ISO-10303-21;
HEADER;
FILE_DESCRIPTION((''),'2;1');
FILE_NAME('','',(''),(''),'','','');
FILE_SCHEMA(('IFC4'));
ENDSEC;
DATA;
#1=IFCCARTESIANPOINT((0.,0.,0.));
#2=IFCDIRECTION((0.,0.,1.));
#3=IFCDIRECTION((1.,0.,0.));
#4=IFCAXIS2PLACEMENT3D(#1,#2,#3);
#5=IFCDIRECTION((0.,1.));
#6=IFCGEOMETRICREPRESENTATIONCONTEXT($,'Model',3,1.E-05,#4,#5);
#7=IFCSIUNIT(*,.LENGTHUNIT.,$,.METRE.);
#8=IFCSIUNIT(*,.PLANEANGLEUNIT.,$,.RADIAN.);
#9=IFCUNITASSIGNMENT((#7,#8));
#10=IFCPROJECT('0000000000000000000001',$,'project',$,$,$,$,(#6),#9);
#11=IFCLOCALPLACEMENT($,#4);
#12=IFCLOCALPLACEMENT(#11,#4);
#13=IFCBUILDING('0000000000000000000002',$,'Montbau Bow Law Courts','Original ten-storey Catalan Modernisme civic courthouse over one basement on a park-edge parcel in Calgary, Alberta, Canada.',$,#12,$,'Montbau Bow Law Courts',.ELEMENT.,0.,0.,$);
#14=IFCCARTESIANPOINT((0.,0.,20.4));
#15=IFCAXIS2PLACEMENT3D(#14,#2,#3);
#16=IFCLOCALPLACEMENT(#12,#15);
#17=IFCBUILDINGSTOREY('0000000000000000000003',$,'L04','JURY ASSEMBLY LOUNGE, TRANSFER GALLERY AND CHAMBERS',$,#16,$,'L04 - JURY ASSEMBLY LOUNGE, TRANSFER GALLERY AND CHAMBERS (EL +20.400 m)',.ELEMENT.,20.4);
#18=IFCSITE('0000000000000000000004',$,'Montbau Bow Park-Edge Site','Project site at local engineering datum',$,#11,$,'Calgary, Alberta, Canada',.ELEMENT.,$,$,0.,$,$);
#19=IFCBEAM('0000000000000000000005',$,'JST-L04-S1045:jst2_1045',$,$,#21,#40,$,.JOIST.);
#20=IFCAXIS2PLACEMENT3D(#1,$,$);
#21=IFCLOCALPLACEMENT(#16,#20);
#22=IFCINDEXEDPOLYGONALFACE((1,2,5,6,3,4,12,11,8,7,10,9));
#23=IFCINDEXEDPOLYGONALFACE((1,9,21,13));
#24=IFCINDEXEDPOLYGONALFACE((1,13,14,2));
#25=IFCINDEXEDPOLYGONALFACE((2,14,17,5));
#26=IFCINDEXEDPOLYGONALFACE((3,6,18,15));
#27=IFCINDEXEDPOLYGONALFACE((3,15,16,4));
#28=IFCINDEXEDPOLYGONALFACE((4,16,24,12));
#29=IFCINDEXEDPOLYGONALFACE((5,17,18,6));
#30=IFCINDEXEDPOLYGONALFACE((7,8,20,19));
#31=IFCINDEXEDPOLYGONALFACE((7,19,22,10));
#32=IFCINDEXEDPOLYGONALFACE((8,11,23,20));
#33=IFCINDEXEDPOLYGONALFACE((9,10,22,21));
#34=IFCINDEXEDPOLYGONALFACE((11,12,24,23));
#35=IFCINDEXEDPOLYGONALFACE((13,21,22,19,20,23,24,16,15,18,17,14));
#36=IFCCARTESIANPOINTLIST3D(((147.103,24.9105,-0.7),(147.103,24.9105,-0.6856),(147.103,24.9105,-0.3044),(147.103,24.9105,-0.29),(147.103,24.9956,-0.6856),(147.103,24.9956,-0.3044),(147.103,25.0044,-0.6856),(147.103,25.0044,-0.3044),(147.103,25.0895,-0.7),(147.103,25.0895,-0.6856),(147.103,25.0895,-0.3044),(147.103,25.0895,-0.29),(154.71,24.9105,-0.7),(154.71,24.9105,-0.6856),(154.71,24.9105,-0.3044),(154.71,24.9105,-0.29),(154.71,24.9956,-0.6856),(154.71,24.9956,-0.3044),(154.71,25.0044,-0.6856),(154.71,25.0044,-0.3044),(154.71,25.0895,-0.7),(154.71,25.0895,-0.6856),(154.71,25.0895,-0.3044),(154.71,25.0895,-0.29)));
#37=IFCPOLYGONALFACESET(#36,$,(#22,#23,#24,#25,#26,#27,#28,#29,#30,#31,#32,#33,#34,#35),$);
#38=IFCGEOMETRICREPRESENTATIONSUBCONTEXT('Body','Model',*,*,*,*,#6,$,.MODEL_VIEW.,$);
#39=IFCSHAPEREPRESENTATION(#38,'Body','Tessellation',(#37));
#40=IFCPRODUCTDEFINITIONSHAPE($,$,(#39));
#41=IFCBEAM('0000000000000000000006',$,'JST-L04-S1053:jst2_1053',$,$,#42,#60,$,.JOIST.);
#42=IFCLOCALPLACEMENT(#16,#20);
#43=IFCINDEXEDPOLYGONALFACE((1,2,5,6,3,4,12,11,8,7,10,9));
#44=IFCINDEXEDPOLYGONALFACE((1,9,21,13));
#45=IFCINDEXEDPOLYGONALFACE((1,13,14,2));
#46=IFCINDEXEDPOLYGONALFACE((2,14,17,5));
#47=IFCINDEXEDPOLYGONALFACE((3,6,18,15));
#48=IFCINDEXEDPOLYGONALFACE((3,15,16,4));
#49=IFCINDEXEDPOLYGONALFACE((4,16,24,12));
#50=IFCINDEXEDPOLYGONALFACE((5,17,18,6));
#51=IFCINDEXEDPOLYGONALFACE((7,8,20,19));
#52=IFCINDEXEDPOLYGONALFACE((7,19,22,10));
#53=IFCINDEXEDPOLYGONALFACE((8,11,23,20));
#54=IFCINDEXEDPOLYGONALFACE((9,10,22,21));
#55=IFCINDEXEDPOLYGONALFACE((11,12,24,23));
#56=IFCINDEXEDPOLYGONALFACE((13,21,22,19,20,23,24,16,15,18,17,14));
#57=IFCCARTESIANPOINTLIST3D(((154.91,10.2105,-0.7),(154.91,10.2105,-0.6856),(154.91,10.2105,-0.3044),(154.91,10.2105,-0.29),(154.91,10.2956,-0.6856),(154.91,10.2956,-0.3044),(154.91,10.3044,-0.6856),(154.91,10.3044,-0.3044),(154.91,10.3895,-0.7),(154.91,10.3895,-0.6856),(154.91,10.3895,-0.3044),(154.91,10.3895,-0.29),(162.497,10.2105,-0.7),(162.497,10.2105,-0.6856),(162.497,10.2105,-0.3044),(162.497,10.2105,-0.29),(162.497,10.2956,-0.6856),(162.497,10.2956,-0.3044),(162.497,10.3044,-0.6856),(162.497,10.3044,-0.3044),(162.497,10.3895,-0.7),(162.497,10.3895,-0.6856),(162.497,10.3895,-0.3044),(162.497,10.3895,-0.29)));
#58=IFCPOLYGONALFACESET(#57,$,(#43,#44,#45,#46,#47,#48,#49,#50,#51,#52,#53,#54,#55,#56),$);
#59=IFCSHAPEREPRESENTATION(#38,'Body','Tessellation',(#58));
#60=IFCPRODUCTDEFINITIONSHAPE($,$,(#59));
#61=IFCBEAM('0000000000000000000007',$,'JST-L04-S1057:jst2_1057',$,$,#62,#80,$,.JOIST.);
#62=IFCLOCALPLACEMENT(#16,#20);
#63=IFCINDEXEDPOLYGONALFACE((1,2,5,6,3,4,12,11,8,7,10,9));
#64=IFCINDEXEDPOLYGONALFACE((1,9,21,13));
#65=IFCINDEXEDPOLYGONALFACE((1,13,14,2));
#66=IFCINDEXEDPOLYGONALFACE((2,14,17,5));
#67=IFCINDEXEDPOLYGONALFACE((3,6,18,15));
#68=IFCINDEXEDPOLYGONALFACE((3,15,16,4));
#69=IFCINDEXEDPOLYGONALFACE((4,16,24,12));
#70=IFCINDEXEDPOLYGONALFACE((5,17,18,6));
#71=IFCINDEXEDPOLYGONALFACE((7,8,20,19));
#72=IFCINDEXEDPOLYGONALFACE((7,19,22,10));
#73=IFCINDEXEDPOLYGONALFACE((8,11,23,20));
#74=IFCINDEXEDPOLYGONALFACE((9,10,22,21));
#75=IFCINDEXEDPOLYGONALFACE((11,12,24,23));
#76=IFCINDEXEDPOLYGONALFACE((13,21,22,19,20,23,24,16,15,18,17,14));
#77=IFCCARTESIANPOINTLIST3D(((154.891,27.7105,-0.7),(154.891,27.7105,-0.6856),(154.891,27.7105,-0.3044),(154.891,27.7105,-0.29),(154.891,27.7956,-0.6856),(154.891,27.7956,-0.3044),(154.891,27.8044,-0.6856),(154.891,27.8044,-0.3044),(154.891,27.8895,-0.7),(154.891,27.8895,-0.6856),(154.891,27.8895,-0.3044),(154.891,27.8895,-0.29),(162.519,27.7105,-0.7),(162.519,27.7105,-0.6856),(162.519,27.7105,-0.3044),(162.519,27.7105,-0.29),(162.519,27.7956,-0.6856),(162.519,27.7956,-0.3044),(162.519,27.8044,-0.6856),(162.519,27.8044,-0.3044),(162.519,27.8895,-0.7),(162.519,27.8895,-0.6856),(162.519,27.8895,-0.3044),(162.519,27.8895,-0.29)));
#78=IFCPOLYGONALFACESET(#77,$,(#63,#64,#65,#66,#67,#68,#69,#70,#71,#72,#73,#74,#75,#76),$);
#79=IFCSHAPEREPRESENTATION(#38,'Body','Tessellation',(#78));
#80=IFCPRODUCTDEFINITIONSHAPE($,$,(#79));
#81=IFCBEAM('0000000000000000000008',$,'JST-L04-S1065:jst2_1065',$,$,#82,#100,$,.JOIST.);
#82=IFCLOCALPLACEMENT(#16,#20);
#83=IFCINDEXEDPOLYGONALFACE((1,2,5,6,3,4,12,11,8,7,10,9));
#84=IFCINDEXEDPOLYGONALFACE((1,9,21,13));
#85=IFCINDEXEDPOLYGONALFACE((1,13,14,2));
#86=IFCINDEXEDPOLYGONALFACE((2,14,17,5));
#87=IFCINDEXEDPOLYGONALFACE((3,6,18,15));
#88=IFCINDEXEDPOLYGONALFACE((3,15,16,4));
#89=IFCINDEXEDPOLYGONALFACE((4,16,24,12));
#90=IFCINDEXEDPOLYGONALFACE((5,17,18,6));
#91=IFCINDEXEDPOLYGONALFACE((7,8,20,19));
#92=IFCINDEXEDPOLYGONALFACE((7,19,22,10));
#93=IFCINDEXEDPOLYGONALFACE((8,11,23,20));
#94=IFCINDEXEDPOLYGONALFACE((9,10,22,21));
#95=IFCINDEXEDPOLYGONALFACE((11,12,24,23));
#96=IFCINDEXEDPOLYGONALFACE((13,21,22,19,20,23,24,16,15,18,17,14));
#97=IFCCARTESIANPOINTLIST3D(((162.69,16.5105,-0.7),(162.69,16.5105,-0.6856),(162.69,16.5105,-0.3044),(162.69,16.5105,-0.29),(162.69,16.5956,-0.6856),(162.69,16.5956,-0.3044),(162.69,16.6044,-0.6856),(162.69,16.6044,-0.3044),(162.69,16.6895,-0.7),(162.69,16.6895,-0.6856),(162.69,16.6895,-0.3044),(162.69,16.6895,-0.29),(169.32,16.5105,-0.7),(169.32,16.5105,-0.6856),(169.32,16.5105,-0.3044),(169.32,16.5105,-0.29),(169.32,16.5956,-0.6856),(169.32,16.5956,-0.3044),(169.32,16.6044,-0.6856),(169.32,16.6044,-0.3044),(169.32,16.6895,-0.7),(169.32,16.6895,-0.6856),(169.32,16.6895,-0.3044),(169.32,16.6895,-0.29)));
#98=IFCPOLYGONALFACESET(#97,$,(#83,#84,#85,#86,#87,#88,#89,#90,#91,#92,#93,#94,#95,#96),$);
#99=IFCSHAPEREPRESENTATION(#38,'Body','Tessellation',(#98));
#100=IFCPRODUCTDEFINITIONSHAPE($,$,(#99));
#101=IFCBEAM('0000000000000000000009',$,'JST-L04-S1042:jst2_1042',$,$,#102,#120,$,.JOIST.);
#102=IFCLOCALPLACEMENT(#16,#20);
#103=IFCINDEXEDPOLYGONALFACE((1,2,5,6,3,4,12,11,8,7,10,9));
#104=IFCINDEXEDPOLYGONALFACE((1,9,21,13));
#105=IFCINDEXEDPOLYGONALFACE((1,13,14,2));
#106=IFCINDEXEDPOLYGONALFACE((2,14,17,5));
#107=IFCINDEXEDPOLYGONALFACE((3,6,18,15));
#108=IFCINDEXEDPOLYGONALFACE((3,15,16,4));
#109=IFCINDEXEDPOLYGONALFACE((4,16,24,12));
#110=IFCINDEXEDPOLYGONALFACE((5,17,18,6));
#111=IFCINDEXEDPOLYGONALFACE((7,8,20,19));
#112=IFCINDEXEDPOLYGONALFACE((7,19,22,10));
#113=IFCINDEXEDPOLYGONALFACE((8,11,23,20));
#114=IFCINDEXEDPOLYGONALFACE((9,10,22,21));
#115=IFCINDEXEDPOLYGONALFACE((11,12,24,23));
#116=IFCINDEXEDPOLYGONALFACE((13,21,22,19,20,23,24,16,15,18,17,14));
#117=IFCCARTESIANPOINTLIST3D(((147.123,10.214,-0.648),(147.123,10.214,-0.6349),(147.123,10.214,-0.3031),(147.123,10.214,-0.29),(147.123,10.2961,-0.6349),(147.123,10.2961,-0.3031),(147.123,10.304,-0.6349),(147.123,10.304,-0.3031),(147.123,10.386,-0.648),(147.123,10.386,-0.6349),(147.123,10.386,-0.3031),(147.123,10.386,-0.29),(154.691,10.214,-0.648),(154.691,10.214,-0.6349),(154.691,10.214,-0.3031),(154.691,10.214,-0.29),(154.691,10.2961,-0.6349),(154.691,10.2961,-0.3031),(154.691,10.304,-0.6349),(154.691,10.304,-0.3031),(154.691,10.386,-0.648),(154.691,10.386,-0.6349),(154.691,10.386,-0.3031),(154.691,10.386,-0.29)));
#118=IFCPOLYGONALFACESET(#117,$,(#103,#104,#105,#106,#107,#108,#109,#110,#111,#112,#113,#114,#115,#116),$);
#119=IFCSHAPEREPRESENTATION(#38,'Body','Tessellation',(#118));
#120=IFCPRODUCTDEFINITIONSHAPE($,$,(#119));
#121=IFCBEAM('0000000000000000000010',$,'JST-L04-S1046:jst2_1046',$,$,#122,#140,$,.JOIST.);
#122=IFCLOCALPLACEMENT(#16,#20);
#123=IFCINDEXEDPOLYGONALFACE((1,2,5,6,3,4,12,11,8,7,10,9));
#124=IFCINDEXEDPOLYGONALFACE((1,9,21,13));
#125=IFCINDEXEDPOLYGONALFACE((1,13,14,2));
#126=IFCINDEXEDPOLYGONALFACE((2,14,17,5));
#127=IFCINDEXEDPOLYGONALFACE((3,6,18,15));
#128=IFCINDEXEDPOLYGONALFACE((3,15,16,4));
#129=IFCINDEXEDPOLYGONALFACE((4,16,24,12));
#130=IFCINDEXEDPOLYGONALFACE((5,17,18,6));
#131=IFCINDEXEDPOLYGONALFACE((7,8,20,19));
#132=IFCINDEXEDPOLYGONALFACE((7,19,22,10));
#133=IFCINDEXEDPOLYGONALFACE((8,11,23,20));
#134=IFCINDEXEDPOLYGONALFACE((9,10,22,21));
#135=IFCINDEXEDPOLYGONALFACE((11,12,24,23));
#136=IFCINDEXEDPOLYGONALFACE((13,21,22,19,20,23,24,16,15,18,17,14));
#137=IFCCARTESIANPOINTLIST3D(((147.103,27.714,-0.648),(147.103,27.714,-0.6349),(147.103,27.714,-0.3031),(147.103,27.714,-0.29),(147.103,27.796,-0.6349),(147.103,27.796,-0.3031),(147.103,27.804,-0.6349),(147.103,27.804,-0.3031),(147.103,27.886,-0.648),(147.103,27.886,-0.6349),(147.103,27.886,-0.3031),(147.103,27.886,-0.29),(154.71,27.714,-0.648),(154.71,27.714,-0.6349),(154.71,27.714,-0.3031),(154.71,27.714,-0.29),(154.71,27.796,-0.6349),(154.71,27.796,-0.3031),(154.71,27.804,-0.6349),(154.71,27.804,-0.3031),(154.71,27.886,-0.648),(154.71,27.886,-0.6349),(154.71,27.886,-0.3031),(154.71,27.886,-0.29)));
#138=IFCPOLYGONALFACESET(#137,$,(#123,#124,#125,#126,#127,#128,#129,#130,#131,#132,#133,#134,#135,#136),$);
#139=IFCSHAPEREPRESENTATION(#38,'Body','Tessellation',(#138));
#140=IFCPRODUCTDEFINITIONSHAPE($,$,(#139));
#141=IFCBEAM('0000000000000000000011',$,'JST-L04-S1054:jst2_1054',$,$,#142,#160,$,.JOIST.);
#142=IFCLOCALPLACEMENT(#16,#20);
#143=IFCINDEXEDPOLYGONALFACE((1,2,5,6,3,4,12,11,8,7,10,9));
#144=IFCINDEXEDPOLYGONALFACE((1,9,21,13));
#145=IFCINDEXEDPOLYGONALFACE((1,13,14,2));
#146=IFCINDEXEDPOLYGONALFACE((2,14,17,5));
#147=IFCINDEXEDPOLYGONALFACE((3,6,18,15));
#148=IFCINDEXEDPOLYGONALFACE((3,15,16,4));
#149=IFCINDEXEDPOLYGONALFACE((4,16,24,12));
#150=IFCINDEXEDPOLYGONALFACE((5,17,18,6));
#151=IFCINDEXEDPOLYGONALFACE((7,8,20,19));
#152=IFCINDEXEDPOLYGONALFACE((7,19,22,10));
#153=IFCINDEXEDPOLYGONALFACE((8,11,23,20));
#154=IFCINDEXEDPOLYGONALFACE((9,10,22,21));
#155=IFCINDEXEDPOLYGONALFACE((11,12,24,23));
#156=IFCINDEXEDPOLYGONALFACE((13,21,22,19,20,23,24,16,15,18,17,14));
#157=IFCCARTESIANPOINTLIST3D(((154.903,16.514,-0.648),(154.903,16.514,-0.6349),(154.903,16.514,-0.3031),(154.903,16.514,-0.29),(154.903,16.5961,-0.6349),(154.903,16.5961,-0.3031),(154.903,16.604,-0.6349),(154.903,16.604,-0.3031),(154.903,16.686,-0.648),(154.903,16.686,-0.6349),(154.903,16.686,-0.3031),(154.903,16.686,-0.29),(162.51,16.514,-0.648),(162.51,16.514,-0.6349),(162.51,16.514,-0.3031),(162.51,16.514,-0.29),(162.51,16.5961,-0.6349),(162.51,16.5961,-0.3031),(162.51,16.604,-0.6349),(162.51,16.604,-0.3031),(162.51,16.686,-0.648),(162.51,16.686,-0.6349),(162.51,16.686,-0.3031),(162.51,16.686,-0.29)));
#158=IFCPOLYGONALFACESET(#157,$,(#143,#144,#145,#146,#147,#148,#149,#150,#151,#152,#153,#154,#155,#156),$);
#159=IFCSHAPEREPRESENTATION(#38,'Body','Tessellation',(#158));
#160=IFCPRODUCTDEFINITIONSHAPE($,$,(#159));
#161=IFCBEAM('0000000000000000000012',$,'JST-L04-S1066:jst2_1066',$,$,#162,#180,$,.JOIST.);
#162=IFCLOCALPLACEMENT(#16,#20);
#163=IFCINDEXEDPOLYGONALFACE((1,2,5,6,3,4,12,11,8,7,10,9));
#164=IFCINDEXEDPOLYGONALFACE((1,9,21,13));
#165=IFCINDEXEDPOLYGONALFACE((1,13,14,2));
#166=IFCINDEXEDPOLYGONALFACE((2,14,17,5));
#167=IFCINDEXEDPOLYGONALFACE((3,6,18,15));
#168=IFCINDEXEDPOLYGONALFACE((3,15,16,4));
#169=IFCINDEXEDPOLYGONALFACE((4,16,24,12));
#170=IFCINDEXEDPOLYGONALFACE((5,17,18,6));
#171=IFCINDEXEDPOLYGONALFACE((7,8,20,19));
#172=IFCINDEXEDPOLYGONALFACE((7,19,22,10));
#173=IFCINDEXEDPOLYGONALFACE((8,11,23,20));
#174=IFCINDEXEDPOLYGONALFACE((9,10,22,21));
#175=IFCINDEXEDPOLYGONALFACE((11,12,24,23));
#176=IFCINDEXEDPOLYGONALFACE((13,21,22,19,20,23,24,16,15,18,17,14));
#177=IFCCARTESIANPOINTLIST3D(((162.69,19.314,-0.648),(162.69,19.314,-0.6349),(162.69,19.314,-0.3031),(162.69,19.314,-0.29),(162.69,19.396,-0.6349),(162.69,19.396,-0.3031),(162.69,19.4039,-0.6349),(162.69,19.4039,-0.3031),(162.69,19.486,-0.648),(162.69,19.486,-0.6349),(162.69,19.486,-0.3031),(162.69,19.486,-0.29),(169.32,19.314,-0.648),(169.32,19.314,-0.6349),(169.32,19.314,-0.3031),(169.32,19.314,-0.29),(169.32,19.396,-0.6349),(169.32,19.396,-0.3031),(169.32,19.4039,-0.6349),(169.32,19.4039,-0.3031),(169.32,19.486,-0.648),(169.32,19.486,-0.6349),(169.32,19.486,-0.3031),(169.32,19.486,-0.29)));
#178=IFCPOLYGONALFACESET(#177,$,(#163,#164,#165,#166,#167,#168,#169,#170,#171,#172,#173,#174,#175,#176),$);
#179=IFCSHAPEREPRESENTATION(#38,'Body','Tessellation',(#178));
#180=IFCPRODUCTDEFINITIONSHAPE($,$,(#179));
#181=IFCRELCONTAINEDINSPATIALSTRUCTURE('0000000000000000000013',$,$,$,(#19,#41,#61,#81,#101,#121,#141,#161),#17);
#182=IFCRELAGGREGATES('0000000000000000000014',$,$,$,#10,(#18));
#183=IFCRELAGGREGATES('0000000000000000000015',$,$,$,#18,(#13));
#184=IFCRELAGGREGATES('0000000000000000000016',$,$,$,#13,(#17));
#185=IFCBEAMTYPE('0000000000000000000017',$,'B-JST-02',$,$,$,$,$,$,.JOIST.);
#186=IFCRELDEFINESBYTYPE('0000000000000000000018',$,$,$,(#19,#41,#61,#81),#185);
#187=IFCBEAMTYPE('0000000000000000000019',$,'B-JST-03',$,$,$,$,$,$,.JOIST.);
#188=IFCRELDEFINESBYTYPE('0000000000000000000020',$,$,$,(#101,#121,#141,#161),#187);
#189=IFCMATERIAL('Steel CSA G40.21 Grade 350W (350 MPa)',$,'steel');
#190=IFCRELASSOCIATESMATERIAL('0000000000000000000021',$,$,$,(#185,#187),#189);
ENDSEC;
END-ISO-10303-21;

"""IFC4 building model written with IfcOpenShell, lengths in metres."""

from ifc_helpers import new_model, si_unit, direction, frame, origin_with_axes, origin_2d_with_axis, place, context, subcontext, project, spatial, i_section, extrude, material, material_profile, profile_set, type_object, element, save


model = new_model("IFC4")

# Units and contexts
model_context = context("Model", 3, precision=1e-05, world=origin_with_axes(), true_north=direction((0.0, 1.0)))
body_context = subcontext(model_context, "Body", "Model", "MODEL_VIEW")
ifc_project = project(units=[si_unit("LENGTHUNIT", "METRE"), si_unit("PLANEANGLEUNIT", "RADIAN")], contexts=[model_context])

# Site, building, storey
site_placement = place(None, origin_with_axes())
site = spatial("IfcSite", under=ifc_project, at=site_placement, Name="Montbau Bow Park-Edge Site", Description="Project site at local engineering datum", LongName="Calgary, Alberta, Canada", CompositionType="ELEMENT", RefElevation=0.0)
building_placement = place(site_placement, origin_with_axes())
building = spatial("IfcBuilding", under=site, at=building_placement, Name="Montbau Bow Law Courts", Description="Original ten-storey Catalan Modernisme civic courthouse over one basement on a park-edge parcel in Calgary, Alberta, Canada.", LongName="Montbau Bow Law Courts", CompositionType="ELEMENT", ElevationOfRefHeight=0.0, ElevationOfTerrain=0.0)
storey_placement = place(building_placement, frame((0.0, 0.0, 20.4), z_axis=(0.0, 0.0, 1.0), x_axis=(1.0, 0.0, 0.0)))
storey = spatial("IfcBuildingStorey", under=building, at=storey_placement, Name="L04", Description="JURY ASSEMBLY LOUNGE, TRANSFER GALLERY AND CHAMBERS", LongName="L04 - JURY ASSEMBLY LOUNGE, TRANSFER GALLERY AND CHAMBERS (EL +20.400 m)", CompositionType="ELEMENT", Elevation=20.4)

# Beams
ifc_material_1 = material(Name="Steel CSA G40.21 Grade 350W (350 MPa)", Category="steel")
ifc_material_profile_1 = material_profile(ifc_material_1, i_section(OverallWidth=0.179, OverallDepth=0.41, WebThickness=0.0088, FlangeThickness=0.0144, at=origin_2d_with_axis()), Name="W410X67", Category="Main", Priority=0)
ifc_profile_set_1 = profile_set([ifc_material_profile_1], Name="Steel CSA G40.21 Grade 350W (350 MPa)")
beam_type_1 = type_object("IfcBeamType", Name="B-JST-02", PredefinedType="JOIST", material=ifc_profile_set_1)
beam_1_placement = place(None, frame((147.103, 25.0, 19.905), z_axis=(1.0, 0.0, 0.0), x_axis=(0.0, 1.0, 0.0)))
element("IfcBeam", 1, at=beam_1_placement, inside=storey, type_object=beam_type_1, Name="JST-L04-S1045:jst2_1045", PredefinedType="JOIST", context=body_context, shape_type="SweptSolid", body=[
    extrude(i_section(OverallWidth=0.179, OverallDepth=0.41, WebThickness=0.0088, FlangeThickness=0.0144, at=origin_2d_with_axis()), origin_with_axes(), (0.0, 0.0, 1.0), 7.607),
])
beam_2_placement = place(None, frame((154.91, 10.3, 19.905), z_axis=(1.0, 0.0, 0.0), x_axis=(0.0, 1.0, 0.0)))
element("IfcBeam", 2, at=beam_2_placement, inside=storey, type_object=beam_type_1, Name="JST-L04-S1053:jst2_1053", PredefinedType="JOIST", context=body_context, shape_type="SweptSolid", body=[
    extrude(i_section(OverallWidth=0.179, OverallDepth=0.41, WebThickness=0.0088, FlangeThickness=0.0144, at=origin_2d_with_axis()), origin_with_axes(), (0.0, 0.0, 1.0), 7.587),
])
beam_3_placement = place(None, frame((154.891, 27.8, 19.905), z_axis=(1.0, 0.0, 0.0), x_axis=(0.0, 1.0, 0.0)))
element("IfcBeam", 3, at=beam_3_placement, inside=storey, type_object=beam_type_1, Name="JST-L04-S1057:jst2_1057", PredefinedType="JOIST", context=body_context, shape_type="SweptSolid", body=[
    extrude(i_section(OverallWidth=0.179, OverallDepth=0.41, WebThickness=0.0088, FlangeThickness=0.0144, at=origin_2d_with_axis()), origin_with_axes(), (0.0, 0.0, 1.0), 7.628),
])
beam_4_placement = place(None, frame((162.69, 16.6, 19.905), z_axis=(1.0, 0.0, 0.0), x_axis=(0.0, 1.0, 0.0)))
element("IfcBeam", 4, at=beam_4_placement, inside=storey, type_object=beam_type_1, Name="JST-L04-S1065:jst2_1065", PredefinedType="JOIST", context=body_context, shape_type="SweptSolid", body=[
    extrude(i_section(OverallWidth=0.179, OverallDepth=0.41, WebThickness=0.0088, FlangeThickness=0.0144, at=origin_2d_with_axis()), origin_with_axes(), (0.0, 0.0, 1.0), 6.63),
])
ifc_material_profile_2 = material_profile(ifc_material_1, i_section(OverallWidth=0.172, OverallDepth=0.358, WebThickness=0.0079, FlangeThickness=0.0131, at=origin_2d_with_axis()), Name="W360X57", Category="Main", Priority=0)
ifc_profile_set_2 = profile_set([ifc_material_profile_2], Name="Steel CSA G40.21 Grade 350W (350 MPa)")
beam_type_2 = type_object("IfcBeamType", Name="B-JST-03", PredefinedType="JOIST", material=ifc_profile_set_2)
beam_5_placement = place(None, frame((147.123, 10.3, 19.931), z_axis=(1.0, 0.0, 0.0), x_axis=(0.0, 1.0, 0.0)))
element("IfcBeam", 5, at=beam_5_placement, inside=storey, type_object=beam_type_2, Name="JST-L04-S1042:jst2_1042", PredefinedType="JOIST", context=body_context, shape_type="SweptSolid", body=[
    extrude(i_section(OverallWidth=0.172, OverallDepth=0.358, WebThickness=0.0079, FlangeThickness=0.0131, at=origin_2d_with_axis()), origin_with_axes(), (0.0, 0.0, 1.0), 7.568),
])
for number, where, z_axis, x_axis, name in (
    (6, (147.103, 27.8, 19.931), (1.0, 0.0, 0.0), (0.0, 1.0, 0.0), "JST-L04-S1046:jst2_1046"),
    (7, (154.903, 16.6, 19.931), (1.0, 0.0, 0.0), (0.0, 1.0, 0.0), "JST-L04-S1054:jst2_1054"),
):
    element("IfcBeam", number, at=place(None, frame(where, z_axis=z_axis, x_axis=x_axis)), inside=storey, type_object=beam_type_2, Name=name, PredefinedType="JOIST", context=body_context, shape_type="SweptSolid", body=[
        extrude(i_section(OverallWidth=0.172, OverallDepth=0.358, WebThickness=0.0079, FlangeThickness=0.0131, at=origin_2d_with_axis()), origin_with_axes(), (0.0, 0.0, 1.0), 7.607),
    ])
beam_6_placement = place(None, frame((162.69, 19.4, 19.931), z_axis=(1.0, 0.0, 0.0), x_axis=(0.0, 1.0, 0.0)))
element("IfcBeam", 8, at=beam_6_placement, inside=storey, type_object=beam_type_2, Name="JST-L04-S1066:jst2_1066", PredefinedType="JOIST", context=body_context, shape_type="SweptSolid", body=[
    extrude(i_section(OverallWidth=0.172, OverallDepth=0.358, WebThickness=0.0079, FlangeThickness=0.0131, at=origin_2d_with_axis()), origin_with_axes(), (0.0, 0.0, 1.0), 6.63),
])

save(model, "model.ifc")
